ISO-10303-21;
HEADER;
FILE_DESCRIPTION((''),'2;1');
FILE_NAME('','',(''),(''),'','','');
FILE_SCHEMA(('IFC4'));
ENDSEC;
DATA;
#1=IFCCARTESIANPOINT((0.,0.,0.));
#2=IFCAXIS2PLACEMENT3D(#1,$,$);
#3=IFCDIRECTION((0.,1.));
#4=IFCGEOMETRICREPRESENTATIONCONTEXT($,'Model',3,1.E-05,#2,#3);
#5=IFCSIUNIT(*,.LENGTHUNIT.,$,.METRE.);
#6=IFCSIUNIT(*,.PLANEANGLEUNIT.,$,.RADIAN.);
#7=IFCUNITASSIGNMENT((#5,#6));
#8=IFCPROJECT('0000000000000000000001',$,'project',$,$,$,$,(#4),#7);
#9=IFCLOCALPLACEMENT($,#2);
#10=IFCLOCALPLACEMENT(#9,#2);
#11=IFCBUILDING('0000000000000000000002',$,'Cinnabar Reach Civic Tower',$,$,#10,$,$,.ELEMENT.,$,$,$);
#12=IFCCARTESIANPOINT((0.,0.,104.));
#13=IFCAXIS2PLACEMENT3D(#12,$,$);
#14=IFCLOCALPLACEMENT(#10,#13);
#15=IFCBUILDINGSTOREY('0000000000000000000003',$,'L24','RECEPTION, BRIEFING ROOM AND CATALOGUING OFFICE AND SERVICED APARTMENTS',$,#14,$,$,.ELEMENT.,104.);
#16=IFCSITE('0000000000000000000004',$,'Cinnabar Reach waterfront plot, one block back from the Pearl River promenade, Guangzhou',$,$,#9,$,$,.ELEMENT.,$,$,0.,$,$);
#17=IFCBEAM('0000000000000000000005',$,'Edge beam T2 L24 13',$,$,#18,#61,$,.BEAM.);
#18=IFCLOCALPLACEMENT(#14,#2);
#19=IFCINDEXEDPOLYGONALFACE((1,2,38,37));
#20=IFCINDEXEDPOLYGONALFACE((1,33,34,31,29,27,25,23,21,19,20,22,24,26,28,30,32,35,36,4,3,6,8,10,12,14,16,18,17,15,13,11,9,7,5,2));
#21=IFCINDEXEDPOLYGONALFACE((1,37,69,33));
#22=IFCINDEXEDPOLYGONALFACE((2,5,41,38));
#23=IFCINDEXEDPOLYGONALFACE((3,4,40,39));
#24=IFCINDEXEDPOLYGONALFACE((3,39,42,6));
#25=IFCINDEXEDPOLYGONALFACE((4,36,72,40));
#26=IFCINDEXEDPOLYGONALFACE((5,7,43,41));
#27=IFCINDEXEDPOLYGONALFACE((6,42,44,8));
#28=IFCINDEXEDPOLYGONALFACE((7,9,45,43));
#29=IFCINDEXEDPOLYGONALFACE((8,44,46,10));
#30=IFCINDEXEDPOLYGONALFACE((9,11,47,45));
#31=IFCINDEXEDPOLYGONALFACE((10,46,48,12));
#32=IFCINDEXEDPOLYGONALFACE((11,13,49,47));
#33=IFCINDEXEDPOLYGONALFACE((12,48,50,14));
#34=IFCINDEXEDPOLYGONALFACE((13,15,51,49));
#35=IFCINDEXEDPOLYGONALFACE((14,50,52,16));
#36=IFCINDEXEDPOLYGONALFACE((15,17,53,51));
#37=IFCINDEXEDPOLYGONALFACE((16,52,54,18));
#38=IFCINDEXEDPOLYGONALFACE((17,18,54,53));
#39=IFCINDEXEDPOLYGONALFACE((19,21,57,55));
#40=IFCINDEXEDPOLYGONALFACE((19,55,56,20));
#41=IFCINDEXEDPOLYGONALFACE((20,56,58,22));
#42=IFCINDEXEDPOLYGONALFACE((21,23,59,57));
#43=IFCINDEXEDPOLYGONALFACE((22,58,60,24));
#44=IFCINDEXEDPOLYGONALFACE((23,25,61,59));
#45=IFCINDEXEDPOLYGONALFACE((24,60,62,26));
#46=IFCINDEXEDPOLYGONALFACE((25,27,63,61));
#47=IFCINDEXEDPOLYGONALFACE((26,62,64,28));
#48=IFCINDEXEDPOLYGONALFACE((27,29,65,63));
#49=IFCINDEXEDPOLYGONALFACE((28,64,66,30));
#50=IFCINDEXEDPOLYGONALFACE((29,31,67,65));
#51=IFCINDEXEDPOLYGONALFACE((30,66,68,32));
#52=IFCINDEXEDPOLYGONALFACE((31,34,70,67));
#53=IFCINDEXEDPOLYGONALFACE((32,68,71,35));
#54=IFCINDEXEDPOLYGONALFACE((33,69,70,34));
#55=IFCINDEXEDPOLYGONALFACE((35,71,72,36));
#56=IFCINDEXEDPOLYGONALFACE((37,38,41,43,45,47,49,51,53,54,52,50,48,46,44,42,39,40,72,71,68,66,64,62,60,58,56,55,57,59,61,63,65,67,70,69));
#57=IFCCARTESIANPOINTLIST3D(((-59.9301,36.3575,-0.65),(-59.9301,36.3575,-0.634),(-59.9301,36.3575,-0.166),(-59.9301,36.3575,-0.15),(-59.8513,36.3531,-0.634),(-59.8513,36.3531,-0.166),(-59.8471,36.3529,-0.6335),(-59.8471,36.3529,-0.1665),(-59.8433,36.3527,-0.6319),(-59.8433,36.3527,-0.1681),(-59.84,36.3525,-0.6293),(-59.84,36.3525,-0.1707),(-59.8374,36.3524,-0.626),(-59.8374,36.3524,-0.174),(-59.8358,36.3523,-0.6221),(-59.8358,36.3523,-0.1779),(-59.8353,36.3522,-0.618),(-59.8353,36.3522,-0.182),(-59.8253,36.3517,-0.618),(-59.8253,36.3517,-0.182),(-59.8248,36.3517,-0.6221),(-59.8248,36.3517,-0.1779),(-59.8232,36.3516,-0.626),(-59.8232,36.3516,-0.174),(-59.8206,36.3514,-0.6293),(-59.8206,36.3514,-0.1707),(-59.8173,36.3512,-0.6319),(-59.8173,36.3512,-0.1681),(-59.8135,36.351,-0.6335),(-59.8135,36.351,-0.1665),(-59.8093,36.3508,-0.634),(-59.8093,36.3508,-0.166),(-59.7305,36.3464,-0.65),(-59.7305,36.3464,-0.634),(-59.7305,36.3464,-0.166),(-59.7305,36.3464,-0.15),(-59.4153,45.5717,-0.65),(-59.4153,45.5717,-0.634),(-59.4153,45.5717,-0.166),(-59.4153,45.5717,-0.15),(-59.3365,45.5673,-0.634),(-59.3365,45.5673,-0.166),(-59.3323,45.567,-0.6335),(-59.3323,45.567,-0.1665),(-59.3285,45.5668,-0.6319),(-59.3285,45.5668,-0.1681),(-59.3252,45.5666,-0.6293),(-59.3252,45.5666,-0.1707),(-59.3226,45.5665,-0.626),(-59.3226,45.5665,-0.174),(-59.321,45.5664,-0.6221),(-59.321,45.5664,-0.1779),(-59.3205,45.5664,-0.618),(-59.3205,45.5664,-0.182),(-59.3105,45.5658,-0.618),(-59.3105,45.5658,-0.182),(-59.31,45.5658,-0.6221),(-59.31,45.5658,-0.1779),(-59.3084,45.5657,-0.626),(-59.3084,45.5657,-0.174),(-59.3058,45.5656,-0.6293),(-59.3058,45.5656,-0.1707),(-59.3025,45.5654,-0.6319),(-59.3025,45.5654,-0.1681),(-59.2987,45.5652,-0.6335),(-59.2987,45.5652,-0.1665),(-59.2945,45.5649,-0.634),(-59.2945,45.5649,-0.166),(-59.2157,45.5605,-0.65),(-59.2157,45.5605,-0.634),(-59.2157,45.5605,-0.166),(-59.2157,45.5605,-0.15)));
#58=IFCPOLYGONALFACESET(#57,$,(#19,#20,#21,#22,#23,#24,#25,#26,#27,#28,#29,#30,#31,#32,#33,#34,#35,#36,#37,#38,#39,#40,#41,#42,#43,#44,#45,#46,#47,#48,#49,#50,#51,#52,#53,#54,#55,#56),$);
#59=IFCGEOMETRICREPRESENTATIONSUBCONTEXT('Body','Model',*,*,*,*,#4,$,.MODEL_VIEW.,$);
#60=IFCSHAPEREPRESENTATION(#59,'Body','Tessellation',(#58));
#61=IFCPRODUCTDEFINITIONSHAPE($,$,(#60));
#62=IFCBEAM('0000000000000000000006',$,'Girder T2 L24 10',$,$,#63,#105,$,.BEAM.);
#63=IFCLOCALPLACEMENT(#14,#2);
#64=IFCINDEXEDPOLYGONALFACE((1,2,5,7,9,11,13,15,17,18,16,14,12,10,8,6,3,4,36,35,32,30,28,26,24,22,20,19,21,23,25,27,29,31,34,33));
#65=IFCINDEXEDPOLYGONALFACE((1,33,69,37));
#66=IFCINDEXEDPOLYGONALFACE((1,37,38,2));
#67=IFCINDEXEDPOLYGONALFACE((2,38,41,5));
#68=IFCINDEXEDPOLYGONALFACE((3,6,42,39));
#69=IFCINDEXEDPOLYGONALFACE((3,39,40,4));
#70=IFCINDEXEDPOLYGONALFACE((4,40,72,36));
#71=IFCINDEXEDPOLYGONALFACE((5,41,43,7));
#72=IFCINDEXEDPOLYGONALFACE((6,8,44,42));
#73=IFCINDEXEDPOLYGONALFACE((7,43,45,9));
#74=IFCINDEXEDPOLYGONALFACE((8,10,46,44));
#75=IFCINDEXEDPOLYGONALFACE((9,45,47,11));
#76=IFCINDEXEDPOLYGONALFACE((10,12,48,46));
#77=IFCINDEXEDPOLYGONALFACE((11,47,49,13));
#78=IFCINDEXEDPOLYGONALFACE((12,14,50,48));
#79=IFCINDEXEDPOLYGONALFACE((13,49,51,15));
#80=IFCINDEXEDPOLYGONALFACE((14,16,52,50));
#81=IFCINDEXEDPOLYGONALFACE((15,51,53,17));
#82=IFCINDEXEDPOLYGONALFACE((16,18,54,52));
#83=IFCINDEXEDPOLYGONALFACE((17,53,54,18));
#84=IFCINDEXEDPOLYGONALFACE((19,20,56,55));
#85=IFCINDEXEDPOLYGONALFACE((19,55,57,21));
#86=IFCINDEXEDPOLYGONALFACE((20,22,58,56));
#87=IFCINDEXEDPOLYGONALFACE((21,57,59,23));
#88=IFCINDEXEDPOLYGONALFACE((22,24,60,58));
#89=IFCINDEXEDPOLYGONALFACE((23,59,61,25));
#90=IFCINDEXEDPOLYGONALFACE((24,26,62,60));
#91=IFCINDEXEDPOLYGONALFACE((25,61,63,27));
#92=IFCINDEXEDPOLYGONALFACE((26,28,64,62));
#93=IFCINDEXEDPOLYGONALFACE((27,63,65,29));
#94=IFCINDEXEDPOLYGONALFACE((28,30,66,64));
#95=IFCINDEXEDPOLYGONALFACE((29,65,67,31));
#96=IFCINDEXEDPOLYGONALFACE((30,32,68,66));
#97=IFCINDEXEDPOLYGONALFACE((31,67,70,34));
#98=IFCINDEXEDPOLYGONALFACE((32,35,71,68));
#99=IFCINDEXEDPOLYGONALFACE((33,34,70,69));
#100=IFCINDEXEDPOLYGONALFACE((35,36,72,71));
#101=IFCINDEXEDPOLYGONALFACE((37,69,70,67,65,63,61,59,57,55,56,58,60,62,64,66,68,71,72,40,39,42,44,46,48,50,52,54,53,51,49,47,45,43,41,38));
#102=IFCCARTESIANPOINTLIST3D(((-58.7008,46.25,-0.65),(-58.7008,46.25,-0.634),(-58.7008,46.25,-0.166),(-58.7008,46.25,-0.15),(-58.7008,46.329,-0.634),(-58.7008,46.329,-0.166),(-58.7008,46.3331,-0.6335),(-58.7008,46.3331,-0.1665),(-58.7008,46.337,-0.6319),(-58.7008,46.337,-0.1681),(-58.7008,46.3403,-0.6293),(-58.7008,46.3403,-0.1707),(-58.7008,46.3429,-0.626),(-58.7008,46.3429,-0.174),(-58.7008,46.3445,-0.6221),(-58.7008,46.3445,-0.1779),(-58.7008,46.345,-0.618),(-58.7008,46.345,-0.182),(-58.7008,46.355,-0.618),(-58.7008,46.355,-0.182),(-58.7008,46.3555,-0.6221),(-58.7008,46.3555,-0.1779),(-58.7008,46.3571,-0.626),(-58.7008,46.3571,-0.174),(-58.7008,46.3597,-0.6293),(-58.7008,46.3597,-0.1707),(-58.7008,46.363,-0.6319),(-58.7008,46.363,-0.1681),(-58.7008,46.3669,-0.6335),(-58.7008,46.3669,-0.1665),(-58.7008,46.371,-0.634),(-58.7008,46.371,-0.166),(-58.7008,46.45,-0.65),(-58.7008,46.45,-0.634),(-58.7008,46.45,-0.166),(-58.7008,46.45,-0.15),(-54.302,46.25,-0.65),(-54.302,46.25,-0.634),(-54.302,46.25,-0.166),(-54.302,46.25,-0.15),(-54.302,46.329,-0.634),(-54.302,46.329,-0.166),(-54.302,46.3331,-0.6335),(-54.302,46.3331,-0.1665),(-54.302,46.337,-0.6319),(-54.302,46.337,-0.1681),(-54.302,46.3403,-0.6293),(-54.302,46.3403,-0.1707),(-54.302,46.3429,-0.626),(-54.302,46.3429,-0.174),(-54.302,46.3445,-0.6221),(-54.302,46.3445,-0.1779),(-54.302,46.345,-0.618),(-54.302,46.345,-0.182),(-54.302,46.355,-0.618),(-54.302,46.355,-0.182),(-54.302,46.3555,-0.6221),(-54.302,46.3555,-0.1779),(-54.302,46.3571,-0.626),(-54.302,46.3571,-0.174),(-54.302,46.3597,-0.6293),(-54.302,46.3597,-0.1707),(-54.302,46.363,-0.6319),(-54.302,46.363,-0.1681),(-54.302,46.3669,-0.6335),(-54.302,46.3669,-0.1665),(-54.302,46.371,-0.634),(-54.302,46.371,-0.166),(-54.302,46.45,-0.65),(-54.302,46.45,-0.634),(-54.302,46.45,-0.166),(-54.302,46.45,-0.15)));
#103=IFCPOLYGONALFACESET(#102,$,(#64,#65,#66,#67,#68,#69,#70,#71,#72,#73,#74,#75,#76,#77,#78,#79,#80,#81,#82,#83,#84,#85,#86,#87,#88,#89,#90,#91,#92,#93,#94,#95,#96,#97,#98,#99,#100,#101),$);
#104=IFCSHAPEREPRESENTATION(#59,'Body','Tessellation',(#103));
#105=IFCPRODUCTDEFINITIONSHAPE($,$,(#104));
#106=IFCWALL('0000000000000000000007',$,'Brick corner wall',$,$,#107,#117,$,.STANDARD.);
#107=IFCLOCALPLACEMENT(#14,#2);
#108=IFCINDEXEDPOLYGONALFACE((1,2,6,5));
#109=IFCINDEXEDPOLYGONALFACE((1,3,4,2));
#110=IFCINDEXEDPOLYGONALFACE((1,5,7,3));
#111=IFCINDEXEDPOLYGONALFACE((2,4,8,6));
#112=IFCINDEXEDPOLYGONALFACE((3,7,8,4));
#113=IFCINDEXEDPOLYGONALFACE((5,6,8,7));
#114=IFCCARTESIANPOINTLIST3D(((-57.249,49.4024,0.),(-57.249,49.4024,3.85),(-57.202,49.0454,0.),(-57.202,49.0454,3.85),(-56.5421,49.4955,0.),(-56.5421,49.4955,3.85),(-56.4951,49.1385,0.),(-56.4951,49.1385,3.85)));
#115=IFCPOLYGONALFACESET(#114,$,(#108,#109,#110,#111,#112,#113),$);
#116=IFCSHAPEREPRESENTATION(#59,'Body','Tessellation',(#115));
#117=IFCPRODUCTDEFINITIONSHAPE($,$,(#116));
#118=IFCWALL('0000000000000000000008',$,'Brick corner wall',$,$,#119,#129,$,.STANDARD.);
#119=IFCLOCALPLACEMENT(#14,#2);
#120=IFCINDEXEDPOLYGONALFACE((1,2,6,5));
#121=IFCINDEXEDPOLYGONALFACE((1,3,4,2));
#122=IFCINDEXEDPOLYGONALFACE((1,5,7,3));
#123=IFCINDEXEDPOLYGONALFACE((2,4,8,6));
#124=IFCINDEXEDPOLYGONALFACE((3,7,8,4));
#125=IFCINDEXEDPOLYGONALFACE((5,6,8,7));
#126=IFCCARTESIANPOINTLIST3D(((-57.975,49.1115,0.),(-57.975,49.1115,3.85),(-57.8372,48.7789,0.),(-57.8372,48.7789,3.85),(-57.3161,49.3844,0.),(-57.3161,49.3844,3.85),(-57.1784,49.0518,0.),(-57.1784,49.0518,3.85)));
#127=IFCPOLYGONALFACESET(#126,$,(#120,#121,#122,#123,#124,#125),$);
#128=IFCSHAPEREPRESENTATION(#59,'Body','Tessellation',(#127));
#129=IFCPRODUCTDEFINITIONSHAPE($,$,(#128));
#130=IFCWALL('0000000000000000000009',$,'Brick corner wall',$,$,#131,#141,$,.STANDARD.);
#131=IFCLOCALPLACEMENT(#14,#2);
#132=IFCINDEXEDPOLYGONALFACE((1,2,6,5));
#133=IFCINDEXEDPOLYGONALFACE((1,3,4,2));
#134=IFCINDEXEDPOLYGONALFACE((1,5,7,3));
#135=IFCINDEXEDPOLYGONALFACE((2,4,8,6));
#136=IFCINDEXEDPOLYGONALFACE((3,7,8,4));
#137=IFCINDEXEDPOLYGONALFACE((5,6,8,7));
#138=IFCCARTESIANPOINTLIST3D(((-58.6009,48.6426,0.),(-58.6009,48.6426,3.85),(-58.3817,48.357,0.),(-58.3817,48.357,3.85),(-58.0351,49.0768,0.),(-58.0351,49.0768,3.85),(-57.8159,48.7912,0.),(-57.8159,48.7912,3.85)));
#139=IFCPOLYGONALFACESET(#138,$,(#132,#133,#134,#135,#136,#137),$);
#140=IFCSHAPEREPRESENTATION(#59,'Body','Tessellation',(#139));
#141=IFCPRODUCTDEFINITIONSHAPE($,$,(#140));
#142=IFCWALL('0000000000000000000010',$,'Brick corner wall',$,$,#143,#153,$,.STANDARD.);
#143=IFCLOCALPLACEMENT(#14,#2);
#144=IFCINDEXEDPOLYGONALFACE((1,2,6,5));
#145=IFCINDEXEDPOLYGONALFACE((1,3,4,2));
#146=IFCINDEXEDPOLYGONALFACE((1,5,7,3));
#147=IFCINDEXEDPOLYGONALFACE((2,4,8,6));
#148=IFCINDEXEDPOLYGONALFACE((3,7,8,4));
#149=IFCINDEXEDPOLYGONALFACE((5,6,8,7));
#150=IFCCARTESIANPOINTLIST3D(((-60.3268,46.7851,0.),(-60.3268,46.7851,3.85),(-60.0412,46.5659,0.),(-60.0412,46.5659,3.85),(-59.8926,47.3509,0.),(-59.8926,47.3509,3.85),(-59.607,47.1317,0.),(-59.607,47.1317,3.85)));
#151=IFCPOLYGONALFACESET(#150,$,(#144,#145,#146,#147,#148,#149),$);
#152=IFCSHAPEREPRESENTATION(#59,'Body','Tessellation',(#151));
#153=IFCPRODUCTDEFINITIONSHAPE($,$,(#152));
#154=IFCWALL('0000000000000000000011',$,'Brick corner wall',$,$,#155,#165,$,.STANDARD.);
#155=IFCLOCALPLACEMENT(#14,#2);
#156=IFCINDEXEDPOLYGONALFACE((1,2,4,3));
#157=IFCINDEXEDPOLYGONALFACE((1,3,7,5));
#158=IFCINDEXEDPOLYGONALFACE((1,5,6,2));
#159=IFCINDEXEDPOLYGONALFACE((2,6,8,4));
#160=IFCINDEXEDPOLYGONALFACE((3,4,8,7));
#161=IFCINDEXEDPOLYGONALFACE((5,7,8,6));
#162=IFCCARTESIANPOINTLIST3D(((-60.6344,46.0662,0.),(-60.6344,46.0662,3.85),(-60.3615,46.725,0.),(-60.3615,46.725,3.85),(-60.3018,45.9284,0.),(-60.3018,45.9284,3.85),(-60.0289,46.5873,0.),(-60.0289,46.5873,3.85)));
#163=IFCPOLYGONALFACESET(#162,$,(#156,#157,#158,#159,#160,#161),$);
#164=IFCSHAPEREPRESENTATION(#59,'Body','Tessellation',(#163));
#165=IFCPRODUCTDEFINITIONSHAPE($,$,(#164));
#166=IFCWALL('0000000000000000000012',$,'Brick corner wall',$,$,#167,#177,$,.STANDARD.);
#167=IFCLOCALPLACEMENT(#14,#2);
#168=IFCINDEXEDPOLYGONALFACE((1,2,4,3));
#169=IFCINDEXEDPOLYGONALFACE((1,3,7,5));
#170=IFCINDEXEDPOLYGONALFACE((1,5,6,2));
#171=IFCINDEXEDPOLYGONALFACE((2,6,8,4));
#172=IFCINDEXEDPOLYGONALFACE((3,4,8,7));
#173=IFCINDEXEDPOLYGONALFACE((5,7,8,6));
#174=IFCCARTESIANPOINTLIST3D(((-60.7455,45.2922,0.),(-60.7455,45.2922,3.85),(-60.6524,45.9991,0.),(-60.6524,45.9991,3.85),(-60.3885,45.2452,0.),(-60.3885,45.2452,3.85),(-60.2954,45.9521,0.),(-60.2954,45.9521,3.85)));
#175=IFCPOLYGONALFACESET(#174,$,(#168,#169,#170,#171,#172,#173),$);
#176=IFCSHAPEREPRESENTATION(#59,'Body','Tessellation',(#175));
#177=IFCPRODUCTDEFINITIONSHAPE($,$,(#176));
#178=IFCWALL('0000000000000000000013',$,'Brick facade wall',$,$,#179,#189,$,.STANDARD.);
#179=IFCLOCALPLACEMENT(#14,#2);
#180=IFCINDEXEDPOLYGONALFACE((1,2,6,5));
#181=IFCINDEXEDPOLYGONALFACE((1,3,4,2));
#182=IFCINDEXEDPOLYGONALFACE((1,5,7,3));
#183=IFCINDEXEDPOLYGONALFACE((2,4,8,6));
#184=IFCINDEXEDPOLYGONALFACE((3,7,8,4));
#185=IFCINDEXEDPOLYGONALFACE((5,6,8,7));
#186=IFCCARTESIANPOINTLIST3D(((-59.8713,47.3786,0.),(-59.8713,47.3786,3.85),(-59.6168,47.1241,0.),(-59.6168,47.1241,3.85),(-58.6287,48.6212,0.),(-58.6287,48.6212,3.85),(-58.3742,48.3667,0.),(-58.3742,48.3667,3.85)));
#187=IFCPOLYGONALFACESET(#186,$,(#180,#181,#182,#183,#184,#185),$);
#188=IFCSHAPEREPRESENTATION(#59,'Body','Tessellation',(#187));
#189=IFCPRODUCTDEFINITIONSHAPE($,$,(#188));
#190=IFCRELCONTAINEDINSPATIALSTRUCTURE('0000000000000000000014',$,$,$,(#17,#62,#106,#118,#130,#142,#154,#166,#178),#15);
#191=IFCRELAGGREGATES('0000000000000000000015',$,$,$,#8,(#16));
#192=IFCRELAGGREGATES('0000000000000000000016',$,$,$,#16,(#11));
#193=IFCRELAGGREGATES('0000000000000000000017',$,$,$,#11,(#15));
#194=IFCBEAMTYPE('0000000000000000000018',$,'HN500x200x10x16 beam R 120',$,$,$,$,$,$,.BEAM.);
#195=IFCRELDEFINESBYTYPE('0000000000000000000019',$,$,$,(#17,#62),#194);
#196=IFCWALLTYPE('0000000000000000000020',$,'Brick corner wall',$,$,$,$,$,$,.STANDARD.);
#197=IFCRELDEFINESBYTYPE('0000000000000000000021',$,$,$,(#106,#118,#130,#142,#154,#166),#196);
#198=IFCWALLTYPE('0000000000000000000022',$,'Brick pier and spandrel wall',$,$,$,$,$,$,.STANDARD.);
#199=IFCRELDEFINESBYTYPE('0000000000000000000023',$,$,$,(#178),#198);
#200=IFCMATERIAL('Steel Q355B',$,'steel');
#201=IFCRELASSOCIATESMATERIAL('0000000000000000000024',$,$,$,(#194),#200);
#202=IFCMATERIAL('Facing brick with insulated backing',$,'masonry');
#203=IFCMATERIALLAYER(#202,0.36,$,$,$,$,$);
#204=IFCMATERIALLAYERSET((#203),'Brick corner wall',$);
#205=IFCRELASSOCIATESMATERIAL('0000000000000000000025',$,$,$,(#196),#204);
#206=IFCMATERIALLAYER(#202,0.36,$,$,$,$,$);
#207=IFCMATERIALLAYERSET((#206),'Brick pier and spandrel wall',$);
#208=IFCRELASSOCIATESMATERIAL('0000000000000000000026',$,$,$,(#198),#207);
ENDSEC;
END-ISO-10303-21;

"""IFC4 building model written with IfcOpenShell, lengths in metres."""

from ifc_helpers import new_model, si_unit, direction, frame, frame_2d, origin, origin_2d, place, context, subcontext, project, spatial, rectangle, i_section, extrude, material, layer, layer_set, material_profile, profile_set, type_object, element, save


model = new_model("IFC4")

# Units and contexts
model_context = context("Model", 3, precision=1e-05, world=origin(), true_north=direction((0.0, 1.0)))
body_context = subcontext(model_context, "Body", "Model", "MODEL_VIEW")
ifc_project = project(units=[si_unit("LENGTHUNIT", "METRE"), si_unit("PLANEANGLEUNIT", "RADIAN")], contexts=[model_context])

# Site, building, storey
site_placement = place(None, origin())
site = spatial("IfcSite", under=ifc_project, at=site_placement, Name="Cinnabar Reach waterfront plot, one block back from the Pearl River promenade, Guangzhou", CompositionType="ELEMENT", RefElevation=0.0)
building_placement = place(site_placement, origin())
building = spatial("IfcBuilding", under=site, at=building_placement, Name="Cinnabar Reach Civic Tower", CompositionType="ELEMENT")
storey_placement = place(building_placement, frame((0.0, 0.0, 104.0)))
storey = spatial("IfcBuildingStorey", under=building, at=storey_placement, Name="L24", Description="RECEPTION, BRIEFING ROOM AND CATALOGUING OFFICE AND SERVICED APARTMENTS", CompositionType="ELEMENT", Elevation=104.0)

# Beams
ifc_material_1 = material(Name="Steel Q355B", Category="steel")
ifc_material_profile_1 = material_profile(ifc_material_1, i_section(OverallWidth=0.2, OverallDepth=0.5, WebThickness=0.01, FlangeThickness=0.016, FilletRadius=0.016, at=origin_2d()), Name="HN500x200x10x16")
ifc_profile_set_1 = profile_set([ifc_material_profile_1], Name="Steel Q355B")
beam_type_1 = type_object("IfcBeamType", Name="HN500x200x10x16 beam R 120", PredefinedType="BEAM", material=ifc_profile_set_1)
beam_1_placement = place(storey_placement, frame((-59.3155, 45.5661, -0.4), z_axis=(-0.055784, -0.998443, 0.0), x_axis=(0.998443, -0.055784, 0.0)))
element("IfcBeam", 1, at=beam_1_placement, inside=storey, type_object=beam_type_1, Name="Edge beam T2 L24 13", PredefinedType="BEAM", context=body_context, shape_type="SweptSolid", body=[
    extrude(i_section(OverallWidth=0.2, OverallDepth=0.5, WebThickness=0.01, FlangeThickness=0.016, FilletRadius=0.016, at=origin_2d()), origin(), (0.0, 0.0, 1.0), 9.2285),
])
beam_2_placement = place(storey_placement, frame((-58.7008, 46.35, -0.4), z_axis=(1.0, 0.0, 0.0), x_axis=(0.0, 1.0, 0.0)))
element("IfcBeam", 2, at=beam_2_placement, inside=storey, type_object=beam_type_1, Name="Girder T2 L24 10", PredefinedType="BEAM", context=body_context, shape_type="SweptSolid", body=[
    extrude(i_section(OverallWidth=0.2, OverallDepth=0.5, WebThickness=0.01, FlangeThickness=0.016, FilletRadius=0.016, at=origin_2d()), origin(), (0.0, 0.0, 1.0), 4.3988),
])

# Walls
ifc_material_2 = material(Name="Facing brick with insulated backing", Category="masonry")
ifc_layer_1 = layer(ifc_material_2, 0.36)
ifc_layer_set_1 = layer_set([ifc_layer_1], Name="Brick corner wall")
wall_type_1 = type_object("IfcWallType", Name="Brick corner wall", PredefinedType="STANDARD", material=ifc_layer_set_1)
for number, where, z_axis, x_axis, name in (
    (3, (-56.5186, 49.317, 0.0), (0.0, 0.0, 1.0), (-0.991441, -0.130556, 0.0), "Brick corner wall"),
    (4, (-57.2473, 49.2181, 0.0), (0.0, 0.0, 1.0), (-0.923872, -0.382703, 0.0), "Brick corner wall"),
):
    element("IfcWall", number, at=place(storey_placement, frame(where, z_axis=z_axis, x_axis=x_axis)), inside=storey, type_object=wall_type_1, Name=name, PredefinedType="STANDARD", context=body_context, shape_type="SweptSolid", body=[
        extrude(rectangle(XDim=0.7131, YDim=0.36, at=frame_2d((0.3565, 0.0))), origin(), (0.0, 0.0, 1.0), 3.85),
    ])
for number, where, z_axis, x_axis, name in (
    (5, (-57.9255, 48.934, 0.0), (0.0, 0.0, 1.0), (-0.793322, -0.608802, 0.0), "Brick corner wall"),
    (6, (-59.7498, 47.2413, 0.0), (0.0, 0.0, 1.0), (-0.608802, -0.793322, 0.0), "Brick corner wall"),
):
    element("IfcWall", number, at=place(storey_placement, frame(where, z_axis=z_axis, x_axis=x_axis)), inside=storey, type_object=wall_type_1, Name=name, PredefinedType="STANDARD", context=body_context, shape_type="SweptSolid", body=[
        extrude(rectangle(XDim=0.7132, YDim=0.36, at=frame_2d((0.3566, 0.0))), origin(), (0.0, 0.0, 1.0), 3.85),
    ])
for number, where, z_axis, x_axis, name in (
    (7, (-60.1952, 46.6561, 0.0), (0.0, 0.0, 1.0), (-0.382703, -0.923872, 0.0), "Brick corner wall"),
    (8, (-60.4739, 45.9756, 0.0), (0.0, 0.0, 1.0), (-0.130556, -0.991441, 0.0), "Brick corner wall"),
):
    element("IfcWall", number, at=place(storey_placement, frame(where, z_axis=z_axis, x_axis=x_axis)), inside=storey, type_object=wall_type_1, Name=name, PredefinedType="STANDARD", context=body_context, shape_type="SweptSolid", body=[
        extrude(rectangle(XDim=0.7131, YDim=0.36, at=frame_2d((0.3565, 0.0))), origin(), (0.0, 0.0, 1.0), 3.85),
    ])
ifc_layer_2 = layer(ifc_material_2, 0.36)
ifc_layer_set_2 = layer_set([ifc_layer_2], Name="Brick pier and spandrel wall")
wall_type_2 = type_object("IfcWallType", Name="Brick pier and spandrel wall", PredefinedType="STANDARD", material=ifc_layer_set_2)
wall_1_placement = place(storey_placement, frame((-58.5014, 48.494, 0.0), z_axis=(0.0, 0.0, 1.0), x_axis=(-0.707107, -0.707107, 0.0)))
element("IfcWall", 9, at=wall_1_placement, inside=storey, type_object=wall_type_2, Name="Brick facade wall", PredefinedType="STANDARD", context=body_context, shape_type="SweptSolid", body=[
    extrude(rectangle(XDim=1.7573, YDim=0.36, at=frame_2d((0.8787, 0.0))), origin(), (0.0, 0.0, 1.0), 3.85),
])

save(model, "model.ifc")
